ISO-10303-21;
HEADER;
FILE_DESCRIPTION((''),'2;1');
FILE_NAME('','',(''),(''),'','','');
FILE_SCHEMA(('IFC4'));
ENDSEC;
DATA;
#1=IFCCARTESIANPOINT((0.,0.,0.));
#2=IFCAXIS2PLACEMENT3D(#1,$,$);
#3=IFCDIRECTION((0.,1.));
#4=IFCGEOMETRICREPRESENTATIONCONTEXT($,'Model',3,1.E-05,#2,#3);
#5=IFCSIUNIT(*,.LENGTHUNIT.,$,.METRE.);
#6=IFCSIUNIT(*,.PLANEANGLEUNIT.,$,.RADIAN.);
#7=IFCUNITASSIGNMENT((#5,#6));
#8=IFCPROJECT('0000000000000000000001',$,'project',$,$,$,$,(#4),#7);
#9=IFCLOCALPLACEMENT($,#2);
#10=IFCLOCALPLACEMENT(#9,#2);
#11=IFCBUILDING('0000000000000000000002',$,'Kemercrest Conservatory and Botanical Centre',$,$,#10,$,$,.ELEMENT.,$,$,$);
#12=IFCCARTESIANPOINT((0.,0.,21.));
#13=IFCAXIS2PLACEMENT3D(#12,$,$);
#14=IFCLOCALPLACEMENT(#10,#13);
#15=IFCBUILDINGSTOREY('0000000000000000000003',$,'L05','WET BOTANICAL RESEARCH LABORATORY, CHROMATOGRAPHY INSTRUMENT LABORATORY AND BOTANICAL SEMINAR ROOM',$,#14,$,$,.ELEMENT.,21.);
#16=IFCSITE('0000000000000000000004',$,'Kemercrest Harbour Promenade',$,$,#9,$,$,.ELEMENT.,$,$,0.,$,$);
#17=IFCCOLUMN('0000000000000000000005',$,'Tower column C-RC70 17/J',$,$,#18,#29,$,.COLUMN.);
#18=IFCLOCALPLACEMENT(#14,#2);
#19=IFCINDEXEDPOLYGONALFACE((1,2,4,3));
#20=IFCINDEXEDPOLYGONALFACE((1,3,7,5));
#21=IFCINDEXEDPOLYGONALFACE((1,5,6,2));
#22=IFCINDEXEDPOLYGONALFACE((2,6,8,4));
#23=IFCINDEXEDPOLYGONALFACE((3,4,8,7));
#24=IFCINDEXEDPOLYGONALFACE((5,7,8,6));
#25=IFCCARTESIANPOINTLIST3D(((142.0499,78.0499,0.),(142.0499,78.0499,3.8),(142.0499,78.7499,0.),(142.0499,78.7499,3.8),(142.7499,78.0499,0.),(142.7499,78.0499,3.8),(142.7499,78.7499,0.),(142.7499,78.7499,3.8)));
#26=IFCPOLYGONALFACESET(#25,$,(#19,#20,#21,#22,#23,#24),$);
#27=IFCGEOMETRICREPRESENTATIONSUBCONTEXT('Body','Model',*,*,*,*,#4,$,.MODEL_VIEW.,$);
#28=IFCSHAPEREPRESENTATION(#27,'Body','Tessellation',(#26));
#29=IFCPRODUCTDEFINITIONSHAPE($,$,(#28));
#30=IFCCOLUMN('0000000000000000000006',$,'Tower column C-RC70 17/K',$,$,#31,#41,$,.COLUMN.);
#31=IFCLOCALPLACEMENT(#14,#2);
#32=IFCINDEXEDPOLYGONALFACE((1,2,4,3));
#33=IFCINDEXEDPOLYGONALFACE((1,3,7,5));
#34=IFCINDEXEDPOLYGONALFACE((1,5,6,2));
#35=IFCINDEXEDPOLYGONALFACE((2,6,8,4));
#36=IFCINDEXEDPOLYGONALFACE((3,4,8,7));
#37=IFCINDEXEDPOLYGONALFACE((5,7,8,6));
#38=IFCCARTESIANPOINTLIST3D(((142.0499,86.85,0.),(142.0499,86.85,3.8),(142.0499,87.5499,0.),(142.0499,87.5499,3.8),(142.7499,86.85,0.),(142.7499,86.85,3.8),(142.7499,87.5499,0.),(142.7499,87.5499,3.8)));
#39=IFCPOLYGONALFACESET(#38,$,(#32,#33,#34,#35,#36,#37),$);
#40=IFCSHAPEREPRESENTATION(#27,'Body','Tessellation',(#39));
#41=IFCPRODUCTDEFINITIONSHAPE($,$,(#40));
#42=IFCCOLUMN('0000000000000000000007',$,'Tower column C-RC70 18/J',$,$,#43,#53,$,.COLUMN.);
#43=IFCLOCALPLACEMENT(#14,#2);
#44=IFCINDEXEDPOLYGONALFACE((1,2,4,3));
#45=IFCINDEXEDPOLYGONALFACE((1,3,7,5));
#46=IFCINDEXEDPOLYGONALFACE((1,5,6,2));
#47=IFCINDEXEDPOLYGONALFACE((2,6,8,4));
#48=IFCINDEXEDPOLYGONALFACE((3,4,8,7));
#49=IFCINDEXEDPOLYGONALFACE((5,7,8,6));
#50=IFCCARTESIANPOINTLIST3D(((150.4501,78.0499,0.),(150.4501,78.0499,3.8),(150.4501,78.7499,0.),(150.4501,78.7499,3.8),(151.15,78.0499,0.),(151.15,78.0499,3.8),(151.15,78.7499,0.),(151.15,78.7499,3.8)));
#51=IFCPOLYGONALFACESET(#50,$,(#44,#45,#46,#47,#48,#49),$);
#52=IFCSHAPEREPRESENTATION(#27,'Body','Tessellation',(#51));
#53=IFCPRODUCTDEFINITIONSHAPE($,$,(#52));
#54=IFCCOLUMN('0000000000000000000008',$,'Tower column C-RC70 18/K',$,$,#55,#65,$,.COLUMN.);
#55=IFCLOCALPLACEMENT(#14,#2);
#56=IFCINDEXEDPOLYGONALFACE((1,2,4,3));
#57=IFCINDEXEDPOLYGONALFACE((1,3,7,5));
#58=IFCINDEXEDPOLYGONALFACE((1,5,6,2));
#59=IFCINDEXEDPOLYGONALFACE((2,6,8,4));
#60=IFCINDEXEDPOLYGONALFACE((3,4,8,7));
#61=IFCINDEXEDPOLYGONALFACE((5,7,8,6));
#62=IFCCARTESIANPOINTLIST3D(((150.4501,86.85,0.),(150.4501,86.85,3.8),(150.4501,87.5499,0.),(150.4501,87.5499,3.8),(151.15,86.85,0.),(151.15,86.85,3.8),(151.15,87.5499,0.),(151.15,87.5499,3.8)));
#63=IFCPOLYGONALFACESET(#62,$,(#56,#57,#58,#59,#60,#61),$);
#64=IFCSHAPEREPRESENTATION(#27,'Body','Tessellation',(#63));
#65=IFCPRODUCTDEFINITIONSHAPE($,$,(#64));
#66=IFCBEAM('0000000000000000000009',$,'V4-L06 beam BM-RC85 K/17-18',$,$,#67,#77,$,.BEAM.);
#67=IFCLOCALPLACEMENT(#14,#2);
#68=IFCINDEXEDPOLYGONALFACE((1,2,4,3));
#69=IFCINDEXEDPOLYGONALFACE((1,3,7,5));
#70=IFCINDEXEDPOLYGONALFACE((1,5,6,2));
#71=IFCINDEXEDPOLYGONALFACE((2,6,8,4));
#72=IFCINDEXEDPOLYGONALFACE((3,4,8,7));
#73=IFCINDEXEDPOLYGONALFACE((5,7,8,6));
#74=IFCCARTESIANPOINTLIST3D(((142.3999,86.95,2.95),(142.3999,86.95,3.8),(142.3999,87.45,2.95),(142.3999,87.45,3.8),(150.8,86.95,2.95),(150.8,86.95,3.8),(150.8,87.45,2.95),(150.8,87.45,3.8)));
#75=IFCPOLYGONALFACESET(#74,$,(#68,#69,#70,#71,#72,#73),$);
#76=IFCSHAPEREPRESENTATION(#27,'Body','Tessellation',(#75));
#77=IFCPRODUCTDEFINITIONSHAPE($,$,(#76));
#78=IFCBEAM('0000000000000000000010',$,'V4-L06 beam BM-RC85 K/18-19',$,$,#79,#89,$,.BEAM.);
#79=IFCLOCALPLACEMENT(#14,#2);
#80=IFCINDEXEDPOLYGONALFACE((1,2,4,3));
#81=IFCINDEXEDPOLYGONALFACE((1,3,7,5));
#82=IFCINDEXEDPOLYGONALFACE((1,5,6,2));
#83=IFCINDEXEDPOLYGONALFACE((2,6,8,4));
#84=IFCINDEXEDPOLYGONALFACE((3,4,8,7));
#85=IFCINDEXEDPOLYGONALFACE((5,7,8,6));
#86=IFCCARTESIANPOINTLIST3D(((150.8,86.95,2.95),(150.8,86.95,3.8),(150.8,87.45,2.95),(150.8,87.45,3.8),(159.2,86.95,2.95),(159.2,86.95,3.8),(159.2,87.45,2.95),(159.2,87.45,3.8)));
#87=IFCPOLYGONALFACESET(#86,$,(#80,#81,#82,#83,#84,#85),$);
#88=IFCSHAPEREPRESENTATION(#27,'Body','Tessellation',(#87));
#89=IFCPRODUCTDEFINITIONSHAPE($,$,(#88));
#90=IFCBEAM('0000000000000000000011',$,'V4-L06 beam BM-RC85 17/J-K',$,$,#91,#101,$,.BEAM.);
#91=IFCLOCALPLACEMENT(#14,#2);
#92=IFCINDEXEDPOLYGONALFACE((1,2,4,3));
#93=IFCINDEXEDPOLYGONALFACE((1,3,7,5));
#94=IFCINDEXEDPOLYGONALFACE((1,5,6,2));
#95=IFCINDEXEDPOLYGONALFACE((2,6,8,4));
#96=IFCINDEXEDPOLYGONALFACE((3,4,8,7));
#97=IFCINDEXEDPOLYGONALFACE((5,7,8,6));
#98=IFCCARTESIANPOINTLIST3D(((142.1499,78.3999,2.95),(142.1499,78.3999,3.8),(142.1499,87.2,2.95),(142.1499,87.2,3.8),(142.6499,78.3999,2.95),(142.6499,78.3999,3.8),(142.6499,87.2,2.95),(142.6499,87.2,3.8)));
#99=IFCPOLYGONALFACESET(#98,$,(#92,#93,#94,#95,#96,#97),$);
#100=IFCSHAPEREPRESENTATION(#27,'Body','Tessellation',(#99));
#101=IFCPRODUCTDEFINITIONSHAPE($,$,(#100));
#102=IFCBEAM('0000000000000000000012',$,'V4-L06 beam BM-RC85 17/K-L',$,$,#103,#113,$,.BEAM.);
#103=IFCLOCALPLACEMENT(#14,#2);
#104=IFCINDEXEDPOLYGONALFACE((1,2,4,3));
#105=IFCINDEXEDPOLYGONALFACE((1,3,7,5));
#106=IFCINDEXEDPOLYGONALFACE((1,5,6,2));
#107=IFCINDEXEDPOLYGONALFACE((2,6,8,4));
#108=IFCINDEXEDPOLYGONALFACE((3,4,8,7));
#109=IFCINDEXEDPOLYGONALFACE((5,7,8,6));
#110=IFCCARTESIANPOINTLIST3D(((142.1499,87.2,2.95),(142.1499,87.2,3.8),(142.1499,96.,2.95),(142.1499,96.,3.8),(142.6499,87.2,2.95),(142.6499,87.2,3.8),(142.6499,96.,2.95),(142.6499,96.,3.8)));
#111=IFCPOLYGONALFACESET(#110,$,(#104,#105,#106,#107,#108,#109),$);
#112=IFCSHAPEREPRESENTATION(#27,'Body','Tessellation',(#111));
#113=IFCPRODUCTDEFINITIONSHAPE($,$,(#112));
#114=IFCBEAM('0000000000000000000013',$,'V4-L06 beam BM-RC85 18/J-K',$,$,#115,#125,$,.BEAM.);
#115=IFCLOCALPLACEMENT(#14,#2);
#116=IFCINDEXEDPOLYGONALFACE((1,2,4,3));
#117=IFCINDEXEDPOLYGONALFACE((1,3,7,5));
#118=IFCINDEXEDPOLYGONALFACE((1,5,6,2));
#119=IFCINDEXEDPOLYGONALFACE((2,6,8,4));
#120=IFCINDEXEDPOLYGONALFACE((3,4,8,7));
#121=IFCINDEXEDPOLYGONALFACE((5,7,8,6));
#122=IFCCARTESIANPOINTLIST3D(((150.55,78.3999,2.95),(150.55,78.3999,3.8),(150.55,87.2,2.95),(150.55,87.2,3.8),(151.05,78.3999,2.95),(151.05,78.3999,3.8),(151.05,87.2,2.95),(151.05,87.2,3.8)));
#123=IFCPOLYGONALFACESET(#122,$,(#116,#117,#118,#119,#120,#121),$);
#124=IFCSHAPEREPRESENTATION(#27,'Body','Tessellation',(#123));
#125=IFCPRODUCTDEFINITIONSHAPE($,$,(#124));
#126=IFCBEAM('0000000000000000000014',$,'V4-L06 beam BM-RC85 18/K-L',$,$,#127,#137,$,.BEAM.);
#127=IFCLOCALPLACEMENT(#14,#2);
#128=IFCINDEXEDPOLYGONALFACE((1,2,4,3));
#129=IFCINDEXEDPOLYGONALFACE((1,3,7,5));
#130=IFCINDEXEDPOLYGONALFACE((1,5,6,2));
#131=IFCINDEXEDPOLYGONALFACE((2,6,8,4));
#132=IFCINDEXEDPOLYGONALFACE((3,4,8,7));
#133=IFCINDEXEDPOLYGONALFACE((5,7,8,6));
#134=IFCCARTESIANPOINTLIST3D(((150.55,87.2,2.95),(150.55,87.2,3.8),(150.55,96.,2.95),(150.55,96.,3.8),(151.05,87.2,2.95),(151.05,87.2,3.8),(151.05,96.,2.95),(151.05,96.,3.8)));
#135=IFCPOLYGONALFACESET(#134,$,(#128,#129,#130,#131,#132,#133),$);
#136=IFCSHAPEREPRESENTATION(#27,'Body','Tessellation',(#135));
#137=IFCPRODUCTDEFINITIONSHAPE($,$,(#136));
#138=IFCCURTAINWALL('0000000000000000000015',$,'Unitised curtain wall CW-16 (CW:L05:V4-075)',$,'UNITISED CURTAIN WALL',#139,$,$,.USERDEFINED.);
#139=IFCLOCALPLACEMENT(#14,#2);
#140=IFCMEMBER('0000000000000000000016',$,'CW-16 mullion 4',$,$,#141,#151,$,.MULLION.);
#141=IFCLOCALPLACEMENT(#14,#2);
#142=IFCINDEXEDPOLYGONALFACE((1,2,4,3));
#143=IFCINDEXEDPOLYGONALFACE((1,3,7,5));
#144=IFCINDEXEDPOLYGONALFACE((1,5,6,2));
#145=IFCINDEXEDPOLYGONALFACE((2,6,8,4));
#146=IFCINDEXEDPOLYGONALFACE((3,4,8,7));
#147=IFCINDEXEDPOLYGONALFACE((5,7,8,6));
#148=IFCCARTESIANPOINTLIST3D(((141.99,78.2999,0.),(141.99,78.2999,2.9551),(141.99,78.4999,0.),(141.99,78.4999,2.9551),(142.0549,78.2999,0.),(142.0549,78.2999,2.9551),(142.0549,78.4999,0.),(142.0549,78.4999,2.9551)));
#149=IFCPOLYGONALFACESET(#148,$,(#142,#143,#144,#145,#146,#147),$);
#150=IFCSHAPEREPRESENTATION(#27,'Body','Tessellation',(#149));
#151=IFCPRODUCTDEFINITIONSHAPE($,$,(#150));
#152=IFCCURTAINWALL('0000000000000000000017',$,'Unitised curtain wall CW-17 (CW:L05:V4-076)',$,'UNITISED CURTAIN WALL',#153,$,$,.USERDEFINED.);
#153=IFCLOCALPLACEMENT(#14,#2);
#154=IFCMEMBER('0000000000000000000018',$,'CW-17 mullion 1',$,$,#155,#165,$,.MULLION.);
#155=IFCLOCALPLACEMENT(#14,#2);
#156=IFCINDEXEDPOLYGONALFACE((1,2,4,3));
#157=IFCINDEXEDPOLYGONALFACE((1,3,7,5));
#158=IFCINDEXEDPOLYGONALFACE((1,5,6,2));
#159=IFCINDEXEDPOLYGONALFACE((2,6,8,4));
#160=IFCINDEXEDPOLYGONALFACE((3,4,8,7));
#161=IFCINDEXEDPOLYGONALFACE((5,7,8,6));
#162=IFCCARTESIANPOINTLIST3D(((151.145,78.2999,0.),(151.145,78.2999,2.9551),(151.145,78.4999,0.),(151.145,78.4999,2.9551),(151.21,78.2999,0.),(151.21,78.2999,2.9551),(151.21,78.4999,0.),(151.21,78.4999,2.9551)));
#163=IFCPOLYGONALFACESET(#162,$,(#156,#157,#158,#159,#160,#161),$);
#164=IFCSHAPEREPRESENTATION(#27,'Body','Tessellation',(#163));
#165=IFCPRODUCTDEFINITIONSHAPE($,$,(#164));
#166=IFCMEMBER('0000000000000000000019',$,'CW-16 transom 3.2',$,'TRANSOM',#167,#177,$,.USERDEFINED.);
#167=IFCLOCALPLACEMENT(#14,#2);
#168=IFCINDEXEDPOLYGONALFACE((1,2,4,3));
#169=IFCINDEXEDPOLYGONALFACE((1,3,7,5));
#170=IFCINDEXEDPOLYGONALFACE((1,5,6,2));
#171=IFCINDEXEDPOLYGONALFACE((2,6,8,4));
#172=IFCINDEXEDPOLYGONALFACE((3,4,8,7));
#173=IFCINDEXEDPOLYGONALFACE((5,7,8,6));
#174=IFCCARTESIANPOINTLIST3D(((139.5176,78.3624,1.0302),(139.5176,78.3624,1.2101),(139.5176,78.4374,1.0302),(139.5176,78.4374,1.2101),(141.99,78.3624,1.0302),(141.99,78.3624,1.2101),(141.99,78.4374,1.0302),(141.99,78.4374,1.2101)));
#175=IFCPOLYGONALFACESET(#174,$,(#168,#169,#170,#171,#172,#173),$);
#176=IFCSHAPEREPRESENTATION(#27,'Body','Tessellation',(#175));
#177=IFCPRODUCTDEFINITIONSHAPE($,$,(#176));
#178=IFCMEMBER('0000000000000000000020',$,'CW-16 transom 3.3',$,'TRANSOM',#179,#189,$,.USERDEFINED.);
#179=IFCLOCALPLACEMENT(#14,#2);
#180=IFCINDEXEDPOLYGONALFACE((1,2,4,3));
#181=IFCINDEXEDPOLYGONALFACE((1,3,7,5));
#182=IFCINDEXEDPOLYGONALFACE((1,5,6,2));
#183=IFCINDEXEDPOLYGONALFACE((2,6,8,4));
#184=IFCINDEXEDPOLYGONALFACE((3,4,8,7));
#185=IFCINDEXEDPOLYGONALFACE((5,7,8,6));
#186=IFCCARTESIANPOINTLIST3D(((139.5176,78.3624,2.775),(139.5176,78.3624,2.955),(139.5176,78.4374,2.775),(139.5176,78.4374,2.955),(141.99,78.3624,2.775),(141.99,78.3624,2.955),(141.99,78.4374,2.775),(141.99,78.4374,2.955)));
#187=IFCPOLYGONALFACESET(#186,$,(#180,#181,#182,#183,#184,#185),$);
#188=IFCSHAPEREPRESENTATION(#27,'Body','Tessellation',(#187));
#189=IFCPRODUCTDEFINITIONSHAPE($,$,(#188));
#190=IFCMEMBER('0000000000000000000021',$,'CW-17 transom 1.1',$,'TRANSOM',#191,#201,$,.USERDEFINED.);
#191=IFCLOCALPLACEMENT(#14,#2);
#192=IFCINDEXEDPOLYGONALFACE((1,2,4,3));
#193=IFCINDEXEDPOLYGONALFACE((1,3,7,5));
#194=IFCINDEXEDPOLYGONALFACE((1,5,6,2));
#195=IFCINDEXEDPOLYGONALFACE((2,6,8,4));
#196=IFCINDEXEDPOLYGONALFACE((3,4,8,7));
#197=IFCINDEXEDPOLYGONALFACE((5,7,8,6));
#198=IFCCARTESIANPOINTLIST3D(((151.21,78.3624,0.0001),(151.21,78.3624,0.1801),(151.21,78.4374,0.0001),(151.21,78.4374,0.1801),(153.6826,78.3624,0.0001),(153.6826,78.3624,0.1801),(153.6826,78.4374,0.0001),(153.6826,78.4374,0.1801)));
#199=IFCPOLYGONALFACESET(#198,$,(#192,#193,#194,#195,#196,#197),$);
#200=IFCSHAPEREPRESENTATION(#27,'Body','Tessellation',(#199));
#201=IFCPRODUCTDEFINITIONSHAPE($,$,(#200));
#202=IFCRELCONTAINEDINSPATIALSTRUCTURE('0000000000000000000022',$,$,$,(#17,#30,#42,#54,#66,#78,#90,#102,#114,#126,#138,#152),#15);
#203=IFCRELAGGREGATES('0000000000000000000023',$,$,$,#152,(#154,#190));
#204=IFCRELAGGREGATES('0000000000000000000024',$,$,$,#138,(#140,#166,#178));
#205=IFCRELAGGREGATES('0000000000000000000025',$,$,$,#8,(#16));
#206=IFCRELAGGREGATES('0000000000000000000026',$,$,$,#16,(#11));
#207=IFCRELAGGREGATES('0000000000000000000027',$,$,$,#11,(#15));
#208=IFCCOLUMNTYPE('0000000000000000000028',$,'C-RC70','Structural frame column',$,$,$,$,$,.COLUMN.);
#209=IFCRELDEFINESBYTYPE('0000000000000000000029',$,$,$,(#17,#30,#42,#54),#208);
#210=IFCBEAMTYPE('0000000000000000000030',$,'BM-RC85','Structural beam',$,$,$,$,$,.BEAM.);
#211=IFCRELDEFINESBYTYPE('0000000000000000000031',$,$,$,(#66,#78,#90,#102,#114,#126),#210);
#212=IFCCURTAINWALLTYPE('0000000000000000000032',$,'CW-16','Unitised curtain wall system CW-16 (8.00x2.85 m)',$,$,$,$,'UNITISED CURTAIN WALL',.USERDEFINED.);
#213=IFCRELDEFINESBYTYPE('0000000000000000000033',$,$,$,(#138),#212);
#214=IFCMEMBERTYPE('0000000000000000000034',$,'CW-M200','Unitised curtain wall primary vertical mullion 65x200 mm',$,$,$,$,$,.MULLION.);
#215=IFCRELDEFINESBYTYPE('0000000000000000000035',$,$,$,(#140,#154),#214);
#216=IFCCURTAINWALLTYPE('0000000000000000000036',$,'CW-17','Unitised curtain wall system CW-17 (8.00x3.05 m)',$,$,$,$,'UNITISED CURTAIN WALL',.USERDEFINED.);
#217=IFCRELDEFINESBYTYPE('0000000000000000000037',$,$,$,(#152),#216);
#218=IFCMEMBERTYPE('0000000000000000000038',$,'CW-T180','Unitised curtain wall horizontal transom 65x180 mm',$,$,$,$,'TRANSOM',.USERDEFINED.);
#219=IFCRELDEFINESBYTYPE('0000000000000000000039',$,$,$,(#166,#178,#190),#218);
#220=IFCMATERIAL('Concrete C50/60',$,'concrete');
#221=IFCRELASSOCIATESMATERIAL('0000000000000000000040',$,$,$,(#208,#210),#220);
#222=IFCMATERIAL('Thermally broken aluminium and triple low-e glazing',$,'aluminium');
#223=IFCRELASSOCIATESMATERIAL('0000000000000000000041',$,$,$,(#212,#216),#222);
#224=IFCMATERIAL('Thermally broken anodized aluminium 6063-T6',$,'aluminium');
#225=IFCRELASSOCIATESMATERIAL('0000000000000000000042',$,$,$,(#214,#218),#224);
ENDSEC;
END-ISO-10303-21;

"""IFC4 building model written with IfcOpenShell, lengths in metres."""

from ifc_helpers import new_model, si_unit, direction, frame, origin, origin_2d, place, context, subcontext, project, spatial, rectangle, extrude, material, material_profile, profile_set, type_object, element, aggregate, save


model = new_model("IFC4")

# Units and contexts
model_context = context("Model", 3, precision=1e-05, world=origin(), true_north=direction((0.0, 1.0)))
body_context = subcontext(model_context, "Body", "Model", "MODEL_VIEW")
ifc_project = project(units=[si_unit("LENGTHUNIT", "METRE"), si_unit("PLANEANGLEUNIT", "RADIAN")], contexts=[model_context])

# Site, building, storey
site_placement = place(None, origin())
site = spatial("IfcSite", under=ifc_project, at=site_placement, Name="Kemercrest Harbour Promenade", CompositionType="ELEMENT", RefElevation=0.0)
building_placement = place(site_placement, origin())
building = spatial("IfcBuilding", under=site, at=building_placement, Name="Kemercrest Conservatory and Botanical Centre", CompositionType="ELEMENT")
storey_placement = place(building_placement, frame((0.0, 0.0, 21.0)))
storey = spatial("IfcBuildingStorey", under=building, at=storey_placement, Name="L05", Description="WET BOTANICAL RESEARCH LABORATORY, CHROMATOGRAPHY INSTRUMENT LABORATORY AND BOTANICAL SEMINAR ROOM", CompositionType="ELEMENT", Elevation=21.0)

# Columns
ifc_material_1 = material(Name="Concrete C50/60", Category="concrete")
ifc_material_profile_1 = material_profile(ifc_material_1, rectangle(XDim=0.7, YDim=0.7, at=origin_2d()), Name="RC 700x700")
ifc_profile_set_1 = profile_set([ifc_material_profile_1], Name="Concrete C50/60")
column_type = type_object("IfcColumnType", Name="C-RC70", Description="Structural frame column", PredefinedType="COLUMN", material=ifc_profile_set_1)
for number, where, z_axis, x_axis, name in (
    (1, (142.3999, 78.3999, 0.0), (0.0, 0.0, 1.0), (1.0, 0.0, 0.0), "Tower column C-RC70 17/J"),
    (2, (142.3999, 87.2, 0.0), (0.0, 0.0, 1.0), (1.0, 0.0, 0.0), "Tower column C-RC70 17/K"),
    (3, (150.8, 78.3999, 0.0), (0.0, 0.0, 1.0), (1.0, 0.0, 0.0), "Tower column C-RC70 18/J"),
    (4, (150.8, 87.2, 0.0), (0.0, 0.0, 1.0), (1.0, 0.0, 0.0), "Tower column C-RC70 18/K"),
):
    element("IfcColumn", number, at=place(storey_placement, frame(where, z_axis=z_axis, x_axis=x_axis)), inside=storey, type_object=column_type, Name=name, PredefinedType="COLUMN", context=body_context, shape_type="SweptSolid", body=[
        extrude(rectangle(XDim=0.7, YDim=0.7, at=origin_2d()), origin(), (0.0, 0.0, 1.0), 3.8),
    ])

# Beams
ifc_material_profile_2 = material_profile(ifc_material_1, rectangle(XDim=0.5, YDim=0.8501, at=origin_2d()), Name="RC 500x850")
ifc_profile_set_2 = profile_set([ifc_material_profile_2], Name="Concrete C50/60")
beam_type_1 = type_object("IfcBeamType", Name="BM-RC85", Description="Structural beam", PredefinedType="BEAM", material=ifc_profile_set_2)
beam_1_placement = place(storey_placement, frame((142.3999, 87.2, 3.375), z_axis=(1.0, 0.0, 0.0), x_axis=(0.0, 1.0, 0.0)))
element("IfcBeam", 5, at=beam_1_placement, inside=storey, type_object=beam_type_1, Name="V4-L06 beam BM-RC85 K/17-18", PredefinedType="BEAM", context=body_context, shape_type="SweptSolid", body=[
    extrude(rectangle(XDim=0.5, YDim=0.8501, at=origin_2d()), origin(), (0.0, 0.0, 1.0), 8.4001),
])
beam_2_placement = place(storey_placement, frame((150.8, 87.2, 3.375), z_axis=(1.0, 0.0, 0.0), x_axis=(0.0, 1.0, 0.0)))
element("IfcBeam", 6, at=beam_2_placement, inside=storey, type_object=beam_type_1, Name="V4-L06 beam BM-RC85 K/18-19", PredefinedType="BEAM", context=body_context, shape_type="SweptSolid", body=[
    extrude(rectangle(XDim=0.5, YDim=0.8501, at=origin_2d()), origin(), (0.0, 0.0, 1.0), 8.3999),
])
for number, where, z_axis, x_axis, name in (
    (7, (142.3999, 78.3999, 3.375), (0.0, 1.0, 0.0), (-1.0, 0.0, 0.0), "V4-L06 beam BM-RC85 17/J-K"),
    (8, (142.3999, 87.2, 3.375), (0.0, 1.0, 0.0), (-1.0, 0.0, 0.0), "V4-L06 beam BM-RC85 17/K-L"),
    (9, (150.8, 78.3999, 3.375), (0.0, 1.0, 0.0), (-1.0, 0.0, 0.0), "V4-L06 beam BM-RC85 18/J-K"),
    (10, (150.8, 87.2, 3.375), (0.0, 1.0, 0.0), (-1.0, 0.0, 0.0), "V4-L06 beam BM-RC85 18/K-L"),
):
    element("IfcBeam", number, at=place(storey_placement, frame(where, z_axis=z_axis, x_axis=x_axis)), inside=storey, type_object=beam_type_1, Name=name, PredefinedType="BEAM", context=body_context, shape_type="SweptSolid", body=[
        extrude(rectangle(XDim=0.5, YDim=0.8501, at=origin_2d()), origin(), (0.0, 0.0, 1.0), 8.8),
    ])

# Curtain walls, members
ifc_material_2 = material(Name="Thermally broken aluminium and triple low-e glazing", Category="aluminium")
curtain_wall_type_1 = type_object("IfcCurtainWallType", Name="CW-16", Description="Unitised curtain wall system CW-16 (8.00x2.85 m)", ElementType="UNITISED CURTAIN WALL", PredefinedType="USERDEFINED", material=ifc_material_2)
curtain_wall_1_placement = place(storey_placement, origin())
curtain_wall_1 = element("IfcCurtainWall", 11, at=curtain_wall_1_placement, inside=storey, type_object=curtain_wall_type_1, Name="Unitised curtain wall CW-16 (CW:L05:V4-075)", ObjectType="UNITISED CURTAIN WALL", PredefinedType="USERDEFINED")
ifc_material_3 = material(Name="Thermally broken anodized aluminium 6063-T6", Category="aluminium")
ifc_material_profile_3 = material_profile(ifc_material_3, rectangle(XDim=0.2, YDim=0.0649, at=origin_2d()), Name="AL MULLION 65x200")
ifc_profile_set_3 = profile_set([ifc_material_profile_3], Name="Thermally broken anodized aluminium 6063-T6")
member_type_1 = type_object("IfcMemberType", Name="CW-M200", Description="Unitised curtain wall primary vertical mullion 65x200 mm", PredefinedType="MULLION", material=ifc_profile_set_3)
member_1_placement = place(storey_placement, frame((142.0225, 78.3999, 0.0), z_axis=(0.0, 0.0, 1.0), x_axis=(0.0, 1.0, 0.0)))
member_1 = element("IfcMember", 12, at=member_1_placement, type_object=member_type_1, Name="CW-16 mullion 4", PredefinedType="MULLION", context=body_context, shape_type="SweptSolid", body=[
    extrude(rectangle(XDim=0.2, YDim=0.0649, at=origin_2d()), origin(), (0.0, 0.0, 1.0), 2.9551),
])
curtain_wall_type_2 = type_object("IfcCurtainWallType", Name="CW-17", Description="Unitised curtain wall system CW-17 (8.00x3.05 m)", ElementType="UNITISED CURTAIN WALL", PredefinedType="USERDEFINED", material=ifc_material_2)
curtain_wall_2_placement = place(storey_placement, origin())
curtain_wall_2 = element("IfcCurtainWall", 13, at=curtain_wall_2_placement, inside=storey, type_object=curtain_wall_type_2, Name="Unitised curtain wall CW-17 (CW:L05:V4-076)", ObjectType="UNITISED CURTAIN WALL", PredefinedType="USERDEFINED")
member_2_placement = place(storey_placement, frame((151.1775, 78.3999, 0.0), z_axis=(0.0, 0.0, 1.0), x_axis=(0.0, 1.0, 0.0)))
member_2 = element("IfcMember", 14, at=member_2_placement, type_object=member_type_1, Name="CW-17 mullion 1", PredefinedType="MULLION", context=body_context, shape_type="SweptSolid", body=[
    extrude(rectangle(XDim=0.2, YDim=0.0649, at=origin_2d()), origin(), (0.0, 0.0, 1.0), 2.9551),
])

# Members
ifc_material_profile_4 = material_profile(ifc_material_3, rectangle(XDim=0.075, YDim=0.1799, at=origin_2d()), Name="AL TRANSOM 75x180")
ifc_profile_set_4 = profile_set([ifc_material_profile_4], Name="Thermally broken anodized aluminium 6063-T6")
member_type_2 = type_object("IfcMemberType", Name="CW-T180", Description="Unitised curtain wall horizontal transom 65x180 mm", ElementType="TRANSOM", PredefinedType="USERDEFINED", material=ifc_profile_set_4)
member_3_placement = place(storey_placement, frame((139.5176, 78.3999, 1.1201), z_axis=(1.0, 0.0, 0.0), x_axis=(0.0, 1.0, 0.0)))
member_3 = element("IfcMember", 15, at=member_3_placement, type_object=member_type_2, Name="CW-16 transom 3.2", ObjectType="TRANSOM", PredefinedType="USERDEFINED", context=body_context, shape_type="SweptSolid", body=[
    extrude(rectangle(XDim=0.075, YDim=0.1799, at=origin_2d()), origin(), (0.0, 0.0, 1.0), 2.4724),
])
member_4_placement = place(storey_placement, frame((139.5176, 78.3999, 2.865), z_axis=(1.0, 0.0, 0.0), x_axis=(0.0, 1.0, 0.0)))
member_4 = element("IfcMember", 16, at=member_4_placement, type_object=member_type_2, Name="CW-16 transom 3.3", ObjectType="TRANSOM", PredefinedType="USERDEFINED", context=body_context, shape_type="SweptSolid", body=[
    extrude(rectangle(XDim=0.075, YDim=0.1799, at=origin_2d()), origin(), (0.0, 0.0, 1.0), 2.4724),
])
member_5_placement = place(storey_placement, frame((151.21, 78.3999, 0.0901), z_axis=(1.0, 0.0, 0.0), x_axis=(0.0, 1.0, 0.0)))
member_5 = element("IfcMember", 17, at=member_5_placement, type_object=member_type_2, Name="CW-17 transom 1.1", ObjectType="TRANSOM", PredefinedType="USERDEFINED", context=body_context, shape_type="SweptSolid", body=[
    extrude(rectangle(XDim=0.075, YDim=0.1799, at=origin_2d()), origin(), (0.0, 0.0, 1.0), 2.4727),
])
aggregate(curtain_wall_2, [member_2, member_5])

aggregate(curtain_wall_1, [member_1, member_3, member_4])

save(model, "model.ifc")
